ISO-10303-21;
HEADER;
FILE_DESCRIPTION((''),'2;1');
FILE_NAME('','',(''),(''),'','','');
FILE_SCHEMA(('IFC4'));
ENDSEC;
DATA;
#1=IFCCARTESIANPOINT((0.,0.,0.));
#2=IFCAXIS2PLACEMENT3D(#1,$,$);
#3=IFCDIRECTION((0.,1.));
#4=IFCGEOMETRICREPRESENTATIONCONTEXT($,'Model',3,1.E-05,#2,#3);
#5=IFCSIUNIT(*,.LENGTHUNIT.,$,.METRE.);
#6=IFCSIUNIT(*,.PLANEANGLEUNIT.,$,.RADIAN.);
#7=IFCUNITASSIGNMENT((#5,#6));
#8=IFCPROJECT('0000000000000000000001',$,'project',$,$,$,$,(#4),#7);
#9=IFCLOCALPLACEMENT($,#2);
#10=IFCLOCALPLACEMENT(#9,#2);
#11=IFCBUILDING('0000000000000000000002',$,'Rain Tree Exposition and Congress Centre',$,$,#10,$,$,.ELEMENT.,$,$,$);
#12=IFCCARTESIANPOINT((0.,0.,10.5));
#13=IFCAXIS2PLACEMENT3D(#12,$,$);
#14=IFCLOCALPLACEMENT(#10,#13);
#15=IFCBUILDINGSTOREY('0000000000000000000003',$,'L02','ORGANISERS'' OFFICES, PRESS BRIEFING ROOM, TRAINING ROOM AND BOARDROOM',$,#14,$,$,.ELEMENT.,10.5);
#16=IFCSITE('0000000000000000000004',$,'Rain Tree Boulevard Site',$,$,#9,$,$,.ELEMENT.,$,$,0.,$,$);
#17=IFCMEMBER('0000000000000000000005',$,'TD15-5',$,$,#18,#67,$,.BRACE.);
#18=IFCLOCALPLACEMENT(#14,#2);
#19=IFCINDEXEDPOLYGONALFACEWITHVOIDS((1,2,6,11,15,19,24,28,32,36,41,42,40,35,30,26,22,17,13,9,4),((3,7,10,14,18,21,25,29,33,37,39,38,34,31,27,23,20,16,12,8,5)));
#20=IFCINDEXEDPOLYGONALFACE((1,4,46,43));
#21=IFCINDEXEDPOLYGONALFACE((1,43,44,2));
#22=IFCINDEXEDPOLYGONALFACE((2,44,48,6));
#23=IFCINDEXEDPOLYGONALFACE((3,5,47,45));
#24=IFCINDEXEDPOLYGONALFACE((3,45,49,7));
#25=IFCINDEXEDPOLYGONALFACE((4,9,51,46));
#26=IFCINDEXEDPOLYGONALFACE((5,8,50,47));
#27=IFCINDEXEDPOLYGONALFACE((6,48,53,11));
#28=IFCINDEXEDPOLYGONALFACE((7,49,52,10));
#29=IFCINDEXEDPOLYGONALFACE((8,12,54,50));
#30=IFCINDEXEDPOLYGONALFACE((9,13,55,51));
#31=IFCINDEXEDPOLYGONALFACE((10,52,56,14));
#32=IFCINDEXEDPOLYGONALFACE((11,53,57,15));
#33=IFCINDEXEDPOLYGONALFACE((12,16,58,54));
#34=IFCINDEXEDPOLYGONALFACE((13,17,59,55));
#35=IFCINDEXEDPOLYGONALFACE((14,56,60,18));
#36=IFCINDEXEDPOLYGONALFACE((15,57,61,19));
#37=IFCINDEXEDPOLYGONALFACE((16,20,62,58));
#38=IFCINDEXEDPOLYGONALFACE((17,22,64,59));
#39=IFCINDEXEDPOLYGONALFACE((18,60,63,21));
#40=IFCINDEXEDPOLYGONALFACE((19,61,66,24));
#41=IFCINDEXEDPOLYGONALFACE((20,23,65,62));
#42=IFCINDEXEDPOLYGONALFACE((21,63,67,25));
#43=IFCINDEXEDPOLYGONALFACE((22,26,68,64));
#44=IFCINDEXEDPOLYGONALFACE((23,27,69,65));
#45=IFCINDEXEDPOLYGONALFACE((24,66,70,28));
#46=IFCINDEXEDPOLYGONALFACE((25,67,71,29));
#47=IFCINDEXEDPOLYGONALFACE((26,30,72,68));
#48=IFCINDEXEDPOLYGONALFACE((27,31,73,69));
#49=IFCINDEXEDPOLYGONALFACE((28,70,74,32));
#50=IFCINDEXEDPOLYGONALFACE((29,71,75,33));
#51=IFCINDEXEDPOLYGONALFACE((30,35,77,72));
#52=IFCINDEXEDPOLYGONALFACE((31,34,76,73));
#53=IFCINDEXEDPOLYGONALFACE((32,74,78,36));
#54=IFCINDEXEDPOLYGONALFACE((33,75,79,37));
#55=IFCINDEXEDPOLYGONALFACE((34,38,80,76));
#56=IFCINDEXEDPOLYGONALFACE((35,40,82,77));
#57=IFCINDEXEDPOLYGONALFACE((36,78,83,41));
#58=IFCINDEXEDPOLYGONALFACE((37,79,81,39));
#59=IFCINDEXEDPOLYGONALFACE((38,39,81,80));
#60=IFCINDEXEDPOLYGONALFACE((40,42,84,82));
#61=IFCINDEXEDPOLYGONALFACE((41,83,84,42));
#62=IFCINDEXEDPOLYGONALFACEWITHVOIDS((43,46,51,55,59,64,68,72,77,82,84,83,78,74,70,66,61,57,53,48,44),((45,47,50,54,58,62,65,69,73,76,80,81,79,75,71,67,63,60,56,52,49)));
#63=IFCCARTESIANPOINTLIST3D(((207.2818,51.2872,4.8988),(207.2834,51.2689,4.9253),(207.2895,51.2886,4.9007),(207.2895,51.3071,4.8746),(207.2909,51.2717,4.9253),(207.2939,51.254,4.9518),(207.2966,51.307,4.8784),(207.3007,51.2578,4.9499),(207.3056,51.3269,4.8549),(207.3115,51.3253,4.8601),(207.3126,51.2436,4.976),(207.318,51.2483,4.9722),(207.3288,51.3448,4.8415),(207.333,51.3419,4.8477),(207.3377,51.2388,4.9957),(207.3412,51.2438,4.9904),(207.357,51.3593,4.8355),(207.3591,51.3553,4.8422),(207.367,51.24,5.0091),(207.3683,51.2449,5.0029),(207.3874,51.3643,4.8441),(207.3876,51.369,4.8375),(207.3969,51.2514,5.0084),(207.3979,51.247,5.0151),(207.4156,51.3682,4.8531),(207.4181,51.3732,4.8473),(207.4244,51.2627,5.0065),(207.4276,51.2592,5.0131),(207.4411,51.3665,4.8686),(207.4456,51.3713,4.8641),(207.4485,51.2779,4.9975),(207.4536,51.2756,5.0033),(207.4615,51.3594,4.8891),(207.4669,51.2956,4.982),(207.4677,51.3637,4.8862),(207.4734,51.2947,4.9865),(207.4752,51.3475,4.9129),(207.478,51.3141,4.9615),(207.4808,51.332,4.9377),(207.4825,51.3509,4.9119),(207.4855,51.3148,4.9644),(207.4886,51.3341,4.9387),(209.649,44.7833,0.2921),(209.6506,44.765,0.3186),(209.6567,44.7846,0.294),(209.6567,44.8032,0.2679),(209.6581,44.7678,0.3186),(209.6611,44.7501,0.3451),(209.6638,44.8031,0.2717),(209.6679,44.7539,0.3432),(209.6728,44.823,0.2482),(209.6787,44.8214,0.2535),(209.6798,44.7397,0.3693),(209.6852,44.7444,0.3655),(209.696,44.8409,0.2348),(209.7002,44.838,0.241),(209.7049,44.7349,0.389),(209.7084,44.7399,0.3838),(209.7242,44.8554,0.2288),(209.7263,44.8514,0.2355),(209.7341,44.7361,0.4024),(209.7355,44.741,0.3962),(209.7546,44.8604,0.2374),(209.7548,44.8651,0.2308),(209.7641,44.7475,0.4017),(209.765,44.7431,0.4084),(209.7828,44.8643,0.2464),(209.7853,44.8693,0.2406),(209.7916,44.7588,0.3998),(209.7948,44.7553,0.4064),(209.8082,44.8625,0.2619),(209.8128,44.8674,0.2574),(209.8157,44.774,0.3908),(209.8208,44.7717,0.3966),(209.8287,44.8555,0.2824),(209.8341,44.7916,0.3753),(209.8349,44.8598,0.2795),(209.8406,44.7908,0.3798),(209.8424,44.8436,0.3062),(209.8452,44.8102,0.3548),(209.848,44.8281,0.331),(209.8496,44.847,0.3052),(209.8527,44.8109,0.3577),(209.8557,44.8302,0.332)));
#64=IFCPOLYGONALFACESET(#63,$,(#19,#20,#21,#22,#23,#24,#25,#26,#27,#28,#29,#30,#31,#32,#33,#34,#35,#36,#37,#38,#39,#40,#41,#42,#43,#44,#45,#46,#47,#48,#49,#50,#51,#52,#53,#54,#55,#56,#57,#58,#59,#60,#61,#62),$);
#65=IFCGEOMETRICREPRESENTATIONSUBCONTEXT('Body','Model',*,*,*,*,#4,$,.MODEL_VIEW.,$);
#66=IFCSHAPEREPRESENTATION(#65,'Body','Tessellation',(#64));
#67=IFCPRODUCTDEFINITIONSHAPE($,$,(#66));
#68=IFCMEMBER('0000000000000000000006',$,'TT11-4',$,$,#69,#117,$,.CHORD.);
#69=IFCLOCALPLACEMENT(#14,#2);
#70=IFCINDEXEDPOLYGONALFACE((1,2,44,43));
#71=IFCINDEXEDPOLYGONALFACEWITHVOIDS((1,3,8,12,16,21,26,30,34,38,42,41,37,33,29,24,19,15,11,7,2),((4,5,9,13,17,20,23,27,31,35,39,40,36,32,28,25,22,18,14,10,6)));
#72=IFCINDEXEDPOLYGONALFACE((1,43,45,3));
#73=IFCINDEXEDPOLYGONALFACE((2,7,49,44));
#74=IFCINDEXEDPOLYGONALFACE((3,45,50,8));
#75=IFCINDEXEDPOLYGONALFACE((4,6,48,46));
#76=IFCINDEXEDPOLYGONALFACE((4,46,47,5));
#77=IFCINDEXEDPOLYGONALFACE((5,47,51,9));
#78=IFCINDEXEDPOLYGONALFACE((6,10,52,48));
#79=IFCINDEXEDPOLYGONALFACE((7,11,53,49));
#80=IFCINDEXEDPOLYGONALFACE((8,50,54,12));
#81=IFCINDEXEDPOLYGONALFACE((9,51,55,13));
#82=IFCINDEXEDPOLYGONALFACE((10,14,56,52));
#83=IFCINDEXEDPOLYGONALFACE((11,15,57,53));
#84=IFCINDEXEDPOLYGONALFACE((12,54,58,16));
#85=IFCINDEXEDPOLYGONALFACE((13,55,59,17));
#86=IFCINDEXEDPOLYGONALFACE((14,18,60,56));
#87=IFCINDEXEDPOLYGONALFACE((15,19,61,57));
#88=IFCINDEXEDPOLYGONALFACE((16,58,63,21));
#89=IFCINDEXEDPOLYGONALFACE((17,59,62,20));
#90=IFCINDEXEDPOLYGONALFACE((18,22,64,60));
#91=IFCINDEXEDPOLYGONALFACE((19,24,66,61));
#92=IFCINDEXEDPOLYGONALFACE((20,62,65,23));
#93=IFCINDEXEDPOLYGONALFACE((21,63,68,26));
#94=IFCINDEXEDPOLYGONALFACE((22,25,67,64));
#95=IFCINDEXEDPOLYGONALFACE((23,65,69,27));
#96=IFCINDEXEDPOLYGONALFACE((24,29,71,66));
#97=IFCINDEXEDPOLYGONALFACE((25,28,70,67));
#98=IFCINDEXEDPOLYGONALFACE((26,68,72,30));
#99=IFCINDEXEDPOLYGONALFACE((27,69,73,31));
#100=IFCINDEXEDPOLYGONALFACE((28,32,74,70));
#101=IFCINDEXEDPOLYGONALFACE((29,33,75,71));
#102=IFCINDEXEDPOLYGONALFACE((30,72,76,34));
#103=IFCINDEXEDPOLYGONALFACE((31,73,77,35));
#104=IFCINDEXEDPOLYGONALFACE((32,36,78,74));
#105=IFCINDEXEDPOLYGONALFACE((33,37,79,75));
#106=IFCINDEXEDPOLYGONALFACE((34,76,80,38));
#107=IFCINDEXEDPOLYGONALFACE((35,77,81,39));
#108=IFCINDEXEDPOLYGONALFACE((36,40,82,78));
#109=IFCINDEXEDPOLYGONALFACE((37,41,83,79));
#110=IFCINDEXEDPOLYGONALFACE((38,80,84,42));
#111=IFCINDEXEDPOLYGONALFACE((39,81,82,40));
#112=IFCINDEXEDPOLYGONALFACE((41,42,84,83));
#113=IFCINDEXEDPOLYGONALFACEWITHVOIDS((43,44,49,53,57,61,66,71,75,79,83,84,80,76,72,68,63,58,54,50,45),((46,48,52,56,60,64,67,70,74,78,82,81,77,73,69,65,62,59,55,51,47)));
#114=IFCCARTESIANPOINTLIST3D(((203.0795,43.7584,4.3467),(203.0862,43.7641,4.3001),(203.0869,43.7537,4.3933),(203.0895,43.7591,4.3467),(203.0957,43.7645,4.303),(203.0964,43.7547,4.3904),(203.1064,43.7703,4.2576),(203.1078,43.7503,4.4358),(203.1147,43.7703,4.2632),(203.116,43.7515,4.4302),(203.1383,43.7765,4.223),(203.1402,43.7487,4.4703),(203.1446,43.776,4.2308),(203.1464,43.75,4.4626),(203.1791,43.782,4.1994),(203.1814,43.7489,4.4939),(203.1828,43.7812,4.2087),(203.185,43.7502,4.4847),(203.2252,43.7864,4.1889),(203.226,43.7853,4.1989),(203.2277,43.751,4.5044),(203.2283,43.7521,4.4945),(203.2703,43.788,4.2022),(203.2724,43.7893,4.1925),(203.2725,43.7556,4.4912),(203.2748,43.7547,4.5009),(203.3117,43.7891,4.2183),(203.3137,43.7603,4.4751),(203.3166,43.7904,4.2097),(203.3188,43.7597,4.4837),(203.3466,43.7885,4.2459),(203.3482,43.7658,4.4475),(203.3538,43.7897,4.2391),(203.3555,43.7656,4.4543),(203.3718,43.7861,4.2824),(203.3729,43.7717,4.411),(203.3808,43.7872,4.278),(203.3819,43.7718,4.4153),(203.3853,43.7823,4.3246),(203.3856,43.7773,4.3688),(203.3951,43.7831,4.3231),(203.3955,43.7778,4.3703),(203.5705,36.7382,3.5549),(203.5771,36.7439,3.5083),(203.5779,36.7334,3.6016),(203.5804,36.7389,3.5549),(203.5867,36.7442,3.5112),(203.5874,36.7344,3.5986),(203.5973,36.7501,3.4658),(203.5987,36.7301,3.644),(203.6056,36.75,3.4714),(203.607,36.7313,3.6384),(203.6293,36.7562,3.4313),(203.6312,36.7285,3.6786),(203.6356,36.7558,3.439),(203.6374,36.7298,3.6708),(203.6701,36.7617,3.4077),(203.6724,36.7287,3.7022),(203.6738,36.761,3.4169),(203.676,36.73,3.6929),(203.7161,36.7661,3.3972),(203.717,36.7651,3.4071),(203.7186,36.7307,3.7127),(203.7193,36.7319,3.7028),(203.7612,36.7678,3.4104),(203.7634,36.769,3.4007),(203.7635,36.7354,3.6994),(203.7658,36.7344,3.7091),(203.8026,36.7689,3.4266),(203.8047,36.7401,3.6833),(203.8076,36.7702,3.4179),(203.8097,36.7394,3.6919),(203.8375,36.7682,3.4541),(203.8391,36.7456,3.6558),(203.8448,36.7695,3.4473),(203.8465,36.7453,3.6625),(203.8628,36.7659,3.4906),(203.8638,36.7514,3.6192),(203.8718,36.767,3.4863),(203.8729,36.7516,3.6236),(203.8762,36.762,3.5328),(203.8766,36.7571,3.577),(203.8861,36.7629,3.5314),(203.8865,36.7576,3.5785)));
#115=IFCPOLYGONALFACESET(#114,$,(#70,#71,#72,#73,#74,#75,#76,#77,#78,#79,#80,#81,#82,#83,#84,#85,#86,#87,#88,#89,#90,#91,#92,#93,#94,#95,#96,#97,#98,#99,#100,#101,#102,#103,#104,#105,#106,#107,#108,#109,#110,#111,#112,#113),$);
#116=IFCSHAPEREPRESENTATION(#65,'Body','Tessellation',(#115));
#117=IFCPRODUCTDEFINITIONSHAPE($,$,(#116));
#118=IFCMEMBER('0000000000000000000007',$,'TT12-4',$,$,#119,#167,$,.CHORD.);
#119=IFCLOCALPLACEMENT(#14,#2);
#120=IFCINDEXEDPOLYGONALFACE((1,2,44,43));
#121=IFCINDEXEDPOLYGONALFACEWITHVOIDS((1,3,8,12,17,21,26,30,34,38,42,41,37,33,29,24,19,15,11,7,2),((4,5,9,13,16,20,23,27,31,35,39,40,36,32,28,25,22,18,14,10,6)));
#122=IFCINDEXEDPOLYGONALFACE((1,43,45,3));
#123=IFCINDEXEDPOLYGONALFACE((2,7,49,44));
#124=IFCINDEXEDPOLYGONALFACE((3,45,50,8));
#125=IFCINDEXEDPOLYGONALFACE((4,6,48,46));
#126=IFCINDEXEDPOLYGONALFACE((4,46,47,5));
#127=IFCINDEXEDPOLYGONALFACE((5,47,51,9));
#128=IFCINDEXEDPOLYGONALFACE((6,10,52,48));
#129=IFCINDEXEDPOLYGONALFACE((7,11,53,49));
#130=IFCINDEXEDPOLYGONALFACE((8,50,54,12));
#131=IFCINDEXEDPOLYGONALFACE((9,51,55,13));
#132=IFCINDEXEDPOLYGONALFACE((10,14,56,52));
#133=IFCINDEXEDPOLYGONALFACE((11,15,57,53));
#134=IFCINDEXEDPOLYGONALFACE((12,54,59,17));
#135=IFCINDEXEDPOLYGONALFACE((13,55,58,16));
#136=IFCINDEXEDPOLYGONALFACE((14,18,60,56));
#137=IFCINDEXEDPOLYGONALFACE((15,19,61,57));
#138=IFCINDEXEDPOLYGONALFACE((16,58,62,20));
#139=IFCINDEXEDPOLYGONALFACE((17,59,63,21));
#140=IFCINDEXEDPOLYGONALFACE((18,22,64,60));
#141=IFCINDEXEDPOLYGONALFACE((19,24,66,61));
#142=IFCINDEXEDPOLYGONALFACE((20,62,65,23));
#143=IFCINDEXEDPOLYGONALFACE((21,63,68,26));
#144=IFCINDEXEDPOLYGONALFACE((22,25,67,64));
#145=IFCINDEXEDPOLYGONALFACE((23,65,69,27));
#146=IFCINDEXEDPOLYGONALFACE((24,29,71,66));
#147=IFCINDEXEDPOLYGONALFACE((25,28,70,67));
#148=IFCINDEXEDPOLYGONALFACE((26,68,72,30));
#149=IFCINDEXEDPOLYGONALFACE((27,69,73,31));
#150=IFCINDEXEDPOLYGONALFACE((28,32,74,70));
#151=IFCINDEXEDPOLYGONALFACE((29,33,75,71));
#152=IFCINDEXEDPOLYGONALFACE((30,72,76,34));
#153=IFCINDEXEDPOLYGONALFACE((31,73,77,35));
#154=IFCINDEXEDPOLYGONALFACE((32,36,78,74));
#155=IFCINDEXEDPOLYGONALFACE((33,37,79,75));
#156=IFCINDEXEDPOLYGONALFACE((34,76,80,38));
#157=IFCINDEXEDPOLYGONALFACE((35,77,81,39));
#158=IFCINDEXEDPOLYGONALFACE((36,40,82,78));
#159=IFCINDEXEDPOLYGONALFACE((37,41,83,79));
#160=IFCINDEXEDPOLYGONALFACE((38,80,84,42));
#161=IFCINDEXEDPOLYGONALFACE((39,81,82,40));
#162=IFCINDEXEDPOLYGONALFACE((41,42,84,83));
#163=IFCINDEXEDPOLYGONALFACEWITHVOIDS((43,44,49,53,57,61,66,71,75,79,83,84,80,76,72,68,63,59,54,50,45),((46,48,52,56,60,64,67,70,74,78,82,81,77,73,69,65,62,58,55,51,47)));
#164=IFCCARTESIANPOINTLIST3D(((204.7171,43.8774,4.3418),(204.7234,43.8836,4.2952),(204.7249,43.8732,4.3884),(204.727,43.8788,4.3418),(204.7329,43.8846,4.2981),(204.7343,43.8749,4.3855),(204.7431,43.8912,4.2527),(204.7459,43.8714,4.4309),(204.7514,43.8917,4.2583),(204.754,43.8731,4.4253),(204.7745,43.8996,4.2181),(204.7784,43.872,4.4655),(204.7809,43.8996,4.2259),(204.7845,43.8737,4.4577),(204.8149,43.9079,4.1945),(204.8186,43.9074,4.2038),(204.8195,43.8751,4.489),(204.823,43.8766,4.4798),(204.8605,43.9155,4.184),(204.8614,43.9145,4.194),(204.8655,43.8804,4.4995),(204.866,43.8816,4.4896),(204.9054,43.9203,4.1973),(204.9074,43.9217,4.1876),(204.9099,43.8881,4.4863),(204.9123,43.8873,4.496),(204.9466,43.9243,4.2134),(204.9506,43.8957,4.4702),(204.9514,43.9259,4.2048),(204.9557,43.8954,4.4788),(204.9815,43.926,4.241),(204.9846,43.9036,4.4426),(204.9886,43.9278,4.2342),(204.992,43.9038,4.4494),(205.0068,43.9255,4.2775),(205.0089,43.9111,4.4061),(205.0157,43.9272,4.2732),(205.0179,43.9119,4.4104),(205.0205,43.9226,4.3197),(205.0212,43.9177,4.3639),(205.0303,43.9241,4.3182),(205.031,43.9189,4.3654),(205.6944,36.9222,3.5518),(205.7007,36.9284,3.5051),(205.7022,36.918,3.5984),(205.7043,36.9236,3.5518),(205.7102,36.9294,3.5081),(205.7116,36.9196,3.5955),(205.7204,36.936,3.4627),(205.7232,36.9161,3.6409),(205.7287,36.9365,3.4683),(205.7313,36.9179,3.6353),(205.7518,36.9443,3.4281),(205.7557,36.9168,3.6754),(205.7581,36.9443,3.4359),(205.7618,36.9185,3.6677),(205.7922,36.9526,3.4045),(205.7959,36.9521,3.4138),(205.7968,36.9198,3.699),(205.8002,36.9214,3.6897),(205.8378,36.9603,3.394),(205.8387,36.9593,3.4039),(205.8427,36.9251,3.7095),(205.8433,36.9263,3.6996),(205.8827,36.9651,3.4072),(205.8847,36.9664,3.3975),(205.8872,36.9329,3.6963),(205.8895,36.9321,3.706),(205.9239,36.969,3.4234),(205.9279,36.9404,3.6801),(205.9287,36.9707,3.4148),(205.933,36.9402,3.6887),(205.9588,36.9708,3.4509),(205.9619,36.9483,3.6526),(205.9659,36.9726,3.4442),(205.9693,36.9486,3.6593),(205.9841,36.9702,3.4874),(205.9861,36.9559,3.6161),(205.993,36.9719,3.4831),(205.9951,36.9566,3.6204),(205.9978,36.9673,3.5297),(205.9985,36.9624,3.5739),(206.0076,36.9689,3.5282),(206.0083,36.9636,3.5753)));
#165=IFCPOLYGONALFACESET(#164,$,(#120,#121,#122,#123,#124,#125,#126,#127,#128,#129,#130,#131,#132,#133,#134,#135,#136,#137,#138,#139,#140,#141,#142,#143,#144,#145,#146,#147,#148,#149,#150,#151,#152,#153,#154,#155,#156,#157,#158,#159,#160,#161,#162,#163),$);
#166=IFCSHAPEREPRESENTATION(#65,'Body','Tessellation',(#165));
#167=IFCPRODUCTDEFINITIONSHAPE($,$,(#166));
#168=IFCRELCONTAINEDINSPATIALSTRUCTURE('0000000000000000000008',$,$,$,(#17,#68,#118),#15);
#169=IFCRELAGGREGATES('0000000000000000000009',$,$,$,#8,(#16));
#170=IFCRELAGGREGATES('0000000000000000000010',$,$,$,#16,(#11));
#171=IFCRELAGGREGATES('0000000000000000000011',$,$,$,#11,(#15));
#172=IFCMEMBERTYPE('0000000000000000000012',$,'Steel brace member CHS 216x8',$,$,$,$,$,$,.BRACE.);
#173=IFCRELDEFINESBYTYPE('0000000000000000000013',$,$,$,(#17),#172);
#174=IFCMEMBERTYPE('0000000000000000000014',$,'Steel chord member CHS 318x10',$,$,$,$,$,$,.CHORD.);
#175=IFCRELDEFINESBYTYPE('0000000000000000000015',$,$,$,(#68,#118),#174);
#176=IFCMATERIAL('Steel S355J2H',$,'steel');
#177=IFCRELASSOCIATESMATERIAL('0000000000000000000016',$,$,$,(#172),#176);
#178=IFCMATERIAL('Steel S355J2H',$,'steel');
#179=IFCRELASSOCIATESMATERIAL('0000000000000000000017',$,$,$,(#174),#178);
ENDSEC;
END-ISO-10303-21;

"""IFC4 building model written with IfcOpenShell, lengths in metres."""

from ifc_helpers import new_model, si_unit, direction, frame, origin, origin_2d, place, context, subcontext, project, spatial, hollow_circle, extrude, material, material_profile, profile_set, type_object, element, save


model = new_model("IFC4")

# Units and contexts
model_context = context("Model", 3, precision=1e-05, world=origin(), true_north=direction((0.0, 1.0)))
body_context = subcontext(model_context, "Body", "Model", "MODEL_VIEW")
ifc_project = project(units=[si_unit("LENGTHUNIT", "METRE"), si_unit("PLANEANGLEUNIT", "RADIAN")], contexts=[model_context])

# Site, building, storey
site_placement = place(None, origin())
site = spatial("IfcSite", under=ifc_project, at=site_placement, Name="Rain Tree Boulevard Site", CompositionType="ELEMENT", RefElevation=0.0)
building_placement = place(site_placement, origin())
building = spatial("IfcBuilding", under=site, at=building_placement, Name="Rain Tree Exposition and Congress Centre", CompositionType="ELEMENT")
storey_placement = place(building_placement, frame((0.0, 0.0, 10.5)))
storey = spatial("IfcBuildingStorey", under=building, at=storey_placement, Name="L02", Description="ORGANISERS' OFFICES, PRESS BRIEFING ROOM, TRAINING ROOM AND BOARDROOM", CompositionType="ELEMENT", Elevation=10.5)

# Members
ifc_material_1 = material(Name="Steel S355J2H", Category="steel")
ifc_material_profile_1 = material_profile(ifc_material_1, hollow_circle(Radius=0.1082, WallThickness=0.0081, at=origin_2d()), Name="CHS 216x8")
ifc_profile_set_1 = profile_set([ifc_material_profile_1], Name="Steel S355J2H")
member_type_1 = type_object("IfcMemberType", Name="Steel brace member CHS 216x8", PredefinedType="BRACE", material=ifc_profile_set_1)
member_1_placement = place(storey_placement, frame((209.7522, 44.802, 0.3186), z_axis=(-0.284716, 0.782265, 0.554075), x_axis=(-0.939695, -0.342015, 0.0)))
element("IfcMember", 1, at=member_1_placement, inside=storey, type_object=member_type_1, Name="TD15-5", PredefinedType="BRACE", context=body_context, shape_type="SweptSolid", body=[
    extrude(hollow_circle(Radius=0.1082, WallThickness=0.0081, at=origin_2d()), origin(), (0.0, 0.0, 1.0), 8.3142),
])
ifc_material_2 = material(Name="Steel S355J2H", Category="steel")
ifc_material_profile_2 = material_profile(ifc_material_2, hollow_circle(Radius=0.1592, WallThickness=0.01, at=origin_2d()), Name="CHS 318x10")
ifc_profile_set_2 = profile_set([ifc_material_profile_2], Name="Steel S355J2H")
member_type_2 = type_object("IfcMemberType", Name="Steel chord member CHS 318x10", PredefinedType="CHORD", material=ifc_profile_set_2)
member_2_placement = place(storey_placement, frame((203.7292, 36.7493, 3.5549), z_axis=(-0.069328, 0.991309, 0.1118), x_axis=(-0.997563, -0.069765, 0.0)))
element("IfcMember", 2, at=member_2_placement, inside=storey, type_object=member_type_2, Name="TT11-4", PredefinedType="CHORD", context=body_context, shape_type="SweptSolid", body=[
    extrude(hollow_circle(Radius=0.1592, WallThickness=0.01, at=origin_2d()), origin(), (0.0, 0.0, 1.0), 7.0818),
])
for number, where, z_axis, x_axis, name in (
    (3, (205.8521, 36.9443, 3.5518), (-0.138272, 0.984066, 0.111778), (-0.990272, -0.139144, 0.0), "TT12-4"),
):
    element("IfcMember", number, at=place(storey_placement, frame(where, z_axis=z_axis, x_axis=x_axis)), inside=storey, type_object=member_type_2, Name=name, PredefinedType="CHORD", context=body_context, shape_type="SweptSolid", body=[
        extrude(hollow_circle(Radius=0.1592, WallThickness=0.01, at=origin_2d()), origin(), (0.0, 0.0, 1.0), 7.0679),
    ])

save(model, "model.ifc")
